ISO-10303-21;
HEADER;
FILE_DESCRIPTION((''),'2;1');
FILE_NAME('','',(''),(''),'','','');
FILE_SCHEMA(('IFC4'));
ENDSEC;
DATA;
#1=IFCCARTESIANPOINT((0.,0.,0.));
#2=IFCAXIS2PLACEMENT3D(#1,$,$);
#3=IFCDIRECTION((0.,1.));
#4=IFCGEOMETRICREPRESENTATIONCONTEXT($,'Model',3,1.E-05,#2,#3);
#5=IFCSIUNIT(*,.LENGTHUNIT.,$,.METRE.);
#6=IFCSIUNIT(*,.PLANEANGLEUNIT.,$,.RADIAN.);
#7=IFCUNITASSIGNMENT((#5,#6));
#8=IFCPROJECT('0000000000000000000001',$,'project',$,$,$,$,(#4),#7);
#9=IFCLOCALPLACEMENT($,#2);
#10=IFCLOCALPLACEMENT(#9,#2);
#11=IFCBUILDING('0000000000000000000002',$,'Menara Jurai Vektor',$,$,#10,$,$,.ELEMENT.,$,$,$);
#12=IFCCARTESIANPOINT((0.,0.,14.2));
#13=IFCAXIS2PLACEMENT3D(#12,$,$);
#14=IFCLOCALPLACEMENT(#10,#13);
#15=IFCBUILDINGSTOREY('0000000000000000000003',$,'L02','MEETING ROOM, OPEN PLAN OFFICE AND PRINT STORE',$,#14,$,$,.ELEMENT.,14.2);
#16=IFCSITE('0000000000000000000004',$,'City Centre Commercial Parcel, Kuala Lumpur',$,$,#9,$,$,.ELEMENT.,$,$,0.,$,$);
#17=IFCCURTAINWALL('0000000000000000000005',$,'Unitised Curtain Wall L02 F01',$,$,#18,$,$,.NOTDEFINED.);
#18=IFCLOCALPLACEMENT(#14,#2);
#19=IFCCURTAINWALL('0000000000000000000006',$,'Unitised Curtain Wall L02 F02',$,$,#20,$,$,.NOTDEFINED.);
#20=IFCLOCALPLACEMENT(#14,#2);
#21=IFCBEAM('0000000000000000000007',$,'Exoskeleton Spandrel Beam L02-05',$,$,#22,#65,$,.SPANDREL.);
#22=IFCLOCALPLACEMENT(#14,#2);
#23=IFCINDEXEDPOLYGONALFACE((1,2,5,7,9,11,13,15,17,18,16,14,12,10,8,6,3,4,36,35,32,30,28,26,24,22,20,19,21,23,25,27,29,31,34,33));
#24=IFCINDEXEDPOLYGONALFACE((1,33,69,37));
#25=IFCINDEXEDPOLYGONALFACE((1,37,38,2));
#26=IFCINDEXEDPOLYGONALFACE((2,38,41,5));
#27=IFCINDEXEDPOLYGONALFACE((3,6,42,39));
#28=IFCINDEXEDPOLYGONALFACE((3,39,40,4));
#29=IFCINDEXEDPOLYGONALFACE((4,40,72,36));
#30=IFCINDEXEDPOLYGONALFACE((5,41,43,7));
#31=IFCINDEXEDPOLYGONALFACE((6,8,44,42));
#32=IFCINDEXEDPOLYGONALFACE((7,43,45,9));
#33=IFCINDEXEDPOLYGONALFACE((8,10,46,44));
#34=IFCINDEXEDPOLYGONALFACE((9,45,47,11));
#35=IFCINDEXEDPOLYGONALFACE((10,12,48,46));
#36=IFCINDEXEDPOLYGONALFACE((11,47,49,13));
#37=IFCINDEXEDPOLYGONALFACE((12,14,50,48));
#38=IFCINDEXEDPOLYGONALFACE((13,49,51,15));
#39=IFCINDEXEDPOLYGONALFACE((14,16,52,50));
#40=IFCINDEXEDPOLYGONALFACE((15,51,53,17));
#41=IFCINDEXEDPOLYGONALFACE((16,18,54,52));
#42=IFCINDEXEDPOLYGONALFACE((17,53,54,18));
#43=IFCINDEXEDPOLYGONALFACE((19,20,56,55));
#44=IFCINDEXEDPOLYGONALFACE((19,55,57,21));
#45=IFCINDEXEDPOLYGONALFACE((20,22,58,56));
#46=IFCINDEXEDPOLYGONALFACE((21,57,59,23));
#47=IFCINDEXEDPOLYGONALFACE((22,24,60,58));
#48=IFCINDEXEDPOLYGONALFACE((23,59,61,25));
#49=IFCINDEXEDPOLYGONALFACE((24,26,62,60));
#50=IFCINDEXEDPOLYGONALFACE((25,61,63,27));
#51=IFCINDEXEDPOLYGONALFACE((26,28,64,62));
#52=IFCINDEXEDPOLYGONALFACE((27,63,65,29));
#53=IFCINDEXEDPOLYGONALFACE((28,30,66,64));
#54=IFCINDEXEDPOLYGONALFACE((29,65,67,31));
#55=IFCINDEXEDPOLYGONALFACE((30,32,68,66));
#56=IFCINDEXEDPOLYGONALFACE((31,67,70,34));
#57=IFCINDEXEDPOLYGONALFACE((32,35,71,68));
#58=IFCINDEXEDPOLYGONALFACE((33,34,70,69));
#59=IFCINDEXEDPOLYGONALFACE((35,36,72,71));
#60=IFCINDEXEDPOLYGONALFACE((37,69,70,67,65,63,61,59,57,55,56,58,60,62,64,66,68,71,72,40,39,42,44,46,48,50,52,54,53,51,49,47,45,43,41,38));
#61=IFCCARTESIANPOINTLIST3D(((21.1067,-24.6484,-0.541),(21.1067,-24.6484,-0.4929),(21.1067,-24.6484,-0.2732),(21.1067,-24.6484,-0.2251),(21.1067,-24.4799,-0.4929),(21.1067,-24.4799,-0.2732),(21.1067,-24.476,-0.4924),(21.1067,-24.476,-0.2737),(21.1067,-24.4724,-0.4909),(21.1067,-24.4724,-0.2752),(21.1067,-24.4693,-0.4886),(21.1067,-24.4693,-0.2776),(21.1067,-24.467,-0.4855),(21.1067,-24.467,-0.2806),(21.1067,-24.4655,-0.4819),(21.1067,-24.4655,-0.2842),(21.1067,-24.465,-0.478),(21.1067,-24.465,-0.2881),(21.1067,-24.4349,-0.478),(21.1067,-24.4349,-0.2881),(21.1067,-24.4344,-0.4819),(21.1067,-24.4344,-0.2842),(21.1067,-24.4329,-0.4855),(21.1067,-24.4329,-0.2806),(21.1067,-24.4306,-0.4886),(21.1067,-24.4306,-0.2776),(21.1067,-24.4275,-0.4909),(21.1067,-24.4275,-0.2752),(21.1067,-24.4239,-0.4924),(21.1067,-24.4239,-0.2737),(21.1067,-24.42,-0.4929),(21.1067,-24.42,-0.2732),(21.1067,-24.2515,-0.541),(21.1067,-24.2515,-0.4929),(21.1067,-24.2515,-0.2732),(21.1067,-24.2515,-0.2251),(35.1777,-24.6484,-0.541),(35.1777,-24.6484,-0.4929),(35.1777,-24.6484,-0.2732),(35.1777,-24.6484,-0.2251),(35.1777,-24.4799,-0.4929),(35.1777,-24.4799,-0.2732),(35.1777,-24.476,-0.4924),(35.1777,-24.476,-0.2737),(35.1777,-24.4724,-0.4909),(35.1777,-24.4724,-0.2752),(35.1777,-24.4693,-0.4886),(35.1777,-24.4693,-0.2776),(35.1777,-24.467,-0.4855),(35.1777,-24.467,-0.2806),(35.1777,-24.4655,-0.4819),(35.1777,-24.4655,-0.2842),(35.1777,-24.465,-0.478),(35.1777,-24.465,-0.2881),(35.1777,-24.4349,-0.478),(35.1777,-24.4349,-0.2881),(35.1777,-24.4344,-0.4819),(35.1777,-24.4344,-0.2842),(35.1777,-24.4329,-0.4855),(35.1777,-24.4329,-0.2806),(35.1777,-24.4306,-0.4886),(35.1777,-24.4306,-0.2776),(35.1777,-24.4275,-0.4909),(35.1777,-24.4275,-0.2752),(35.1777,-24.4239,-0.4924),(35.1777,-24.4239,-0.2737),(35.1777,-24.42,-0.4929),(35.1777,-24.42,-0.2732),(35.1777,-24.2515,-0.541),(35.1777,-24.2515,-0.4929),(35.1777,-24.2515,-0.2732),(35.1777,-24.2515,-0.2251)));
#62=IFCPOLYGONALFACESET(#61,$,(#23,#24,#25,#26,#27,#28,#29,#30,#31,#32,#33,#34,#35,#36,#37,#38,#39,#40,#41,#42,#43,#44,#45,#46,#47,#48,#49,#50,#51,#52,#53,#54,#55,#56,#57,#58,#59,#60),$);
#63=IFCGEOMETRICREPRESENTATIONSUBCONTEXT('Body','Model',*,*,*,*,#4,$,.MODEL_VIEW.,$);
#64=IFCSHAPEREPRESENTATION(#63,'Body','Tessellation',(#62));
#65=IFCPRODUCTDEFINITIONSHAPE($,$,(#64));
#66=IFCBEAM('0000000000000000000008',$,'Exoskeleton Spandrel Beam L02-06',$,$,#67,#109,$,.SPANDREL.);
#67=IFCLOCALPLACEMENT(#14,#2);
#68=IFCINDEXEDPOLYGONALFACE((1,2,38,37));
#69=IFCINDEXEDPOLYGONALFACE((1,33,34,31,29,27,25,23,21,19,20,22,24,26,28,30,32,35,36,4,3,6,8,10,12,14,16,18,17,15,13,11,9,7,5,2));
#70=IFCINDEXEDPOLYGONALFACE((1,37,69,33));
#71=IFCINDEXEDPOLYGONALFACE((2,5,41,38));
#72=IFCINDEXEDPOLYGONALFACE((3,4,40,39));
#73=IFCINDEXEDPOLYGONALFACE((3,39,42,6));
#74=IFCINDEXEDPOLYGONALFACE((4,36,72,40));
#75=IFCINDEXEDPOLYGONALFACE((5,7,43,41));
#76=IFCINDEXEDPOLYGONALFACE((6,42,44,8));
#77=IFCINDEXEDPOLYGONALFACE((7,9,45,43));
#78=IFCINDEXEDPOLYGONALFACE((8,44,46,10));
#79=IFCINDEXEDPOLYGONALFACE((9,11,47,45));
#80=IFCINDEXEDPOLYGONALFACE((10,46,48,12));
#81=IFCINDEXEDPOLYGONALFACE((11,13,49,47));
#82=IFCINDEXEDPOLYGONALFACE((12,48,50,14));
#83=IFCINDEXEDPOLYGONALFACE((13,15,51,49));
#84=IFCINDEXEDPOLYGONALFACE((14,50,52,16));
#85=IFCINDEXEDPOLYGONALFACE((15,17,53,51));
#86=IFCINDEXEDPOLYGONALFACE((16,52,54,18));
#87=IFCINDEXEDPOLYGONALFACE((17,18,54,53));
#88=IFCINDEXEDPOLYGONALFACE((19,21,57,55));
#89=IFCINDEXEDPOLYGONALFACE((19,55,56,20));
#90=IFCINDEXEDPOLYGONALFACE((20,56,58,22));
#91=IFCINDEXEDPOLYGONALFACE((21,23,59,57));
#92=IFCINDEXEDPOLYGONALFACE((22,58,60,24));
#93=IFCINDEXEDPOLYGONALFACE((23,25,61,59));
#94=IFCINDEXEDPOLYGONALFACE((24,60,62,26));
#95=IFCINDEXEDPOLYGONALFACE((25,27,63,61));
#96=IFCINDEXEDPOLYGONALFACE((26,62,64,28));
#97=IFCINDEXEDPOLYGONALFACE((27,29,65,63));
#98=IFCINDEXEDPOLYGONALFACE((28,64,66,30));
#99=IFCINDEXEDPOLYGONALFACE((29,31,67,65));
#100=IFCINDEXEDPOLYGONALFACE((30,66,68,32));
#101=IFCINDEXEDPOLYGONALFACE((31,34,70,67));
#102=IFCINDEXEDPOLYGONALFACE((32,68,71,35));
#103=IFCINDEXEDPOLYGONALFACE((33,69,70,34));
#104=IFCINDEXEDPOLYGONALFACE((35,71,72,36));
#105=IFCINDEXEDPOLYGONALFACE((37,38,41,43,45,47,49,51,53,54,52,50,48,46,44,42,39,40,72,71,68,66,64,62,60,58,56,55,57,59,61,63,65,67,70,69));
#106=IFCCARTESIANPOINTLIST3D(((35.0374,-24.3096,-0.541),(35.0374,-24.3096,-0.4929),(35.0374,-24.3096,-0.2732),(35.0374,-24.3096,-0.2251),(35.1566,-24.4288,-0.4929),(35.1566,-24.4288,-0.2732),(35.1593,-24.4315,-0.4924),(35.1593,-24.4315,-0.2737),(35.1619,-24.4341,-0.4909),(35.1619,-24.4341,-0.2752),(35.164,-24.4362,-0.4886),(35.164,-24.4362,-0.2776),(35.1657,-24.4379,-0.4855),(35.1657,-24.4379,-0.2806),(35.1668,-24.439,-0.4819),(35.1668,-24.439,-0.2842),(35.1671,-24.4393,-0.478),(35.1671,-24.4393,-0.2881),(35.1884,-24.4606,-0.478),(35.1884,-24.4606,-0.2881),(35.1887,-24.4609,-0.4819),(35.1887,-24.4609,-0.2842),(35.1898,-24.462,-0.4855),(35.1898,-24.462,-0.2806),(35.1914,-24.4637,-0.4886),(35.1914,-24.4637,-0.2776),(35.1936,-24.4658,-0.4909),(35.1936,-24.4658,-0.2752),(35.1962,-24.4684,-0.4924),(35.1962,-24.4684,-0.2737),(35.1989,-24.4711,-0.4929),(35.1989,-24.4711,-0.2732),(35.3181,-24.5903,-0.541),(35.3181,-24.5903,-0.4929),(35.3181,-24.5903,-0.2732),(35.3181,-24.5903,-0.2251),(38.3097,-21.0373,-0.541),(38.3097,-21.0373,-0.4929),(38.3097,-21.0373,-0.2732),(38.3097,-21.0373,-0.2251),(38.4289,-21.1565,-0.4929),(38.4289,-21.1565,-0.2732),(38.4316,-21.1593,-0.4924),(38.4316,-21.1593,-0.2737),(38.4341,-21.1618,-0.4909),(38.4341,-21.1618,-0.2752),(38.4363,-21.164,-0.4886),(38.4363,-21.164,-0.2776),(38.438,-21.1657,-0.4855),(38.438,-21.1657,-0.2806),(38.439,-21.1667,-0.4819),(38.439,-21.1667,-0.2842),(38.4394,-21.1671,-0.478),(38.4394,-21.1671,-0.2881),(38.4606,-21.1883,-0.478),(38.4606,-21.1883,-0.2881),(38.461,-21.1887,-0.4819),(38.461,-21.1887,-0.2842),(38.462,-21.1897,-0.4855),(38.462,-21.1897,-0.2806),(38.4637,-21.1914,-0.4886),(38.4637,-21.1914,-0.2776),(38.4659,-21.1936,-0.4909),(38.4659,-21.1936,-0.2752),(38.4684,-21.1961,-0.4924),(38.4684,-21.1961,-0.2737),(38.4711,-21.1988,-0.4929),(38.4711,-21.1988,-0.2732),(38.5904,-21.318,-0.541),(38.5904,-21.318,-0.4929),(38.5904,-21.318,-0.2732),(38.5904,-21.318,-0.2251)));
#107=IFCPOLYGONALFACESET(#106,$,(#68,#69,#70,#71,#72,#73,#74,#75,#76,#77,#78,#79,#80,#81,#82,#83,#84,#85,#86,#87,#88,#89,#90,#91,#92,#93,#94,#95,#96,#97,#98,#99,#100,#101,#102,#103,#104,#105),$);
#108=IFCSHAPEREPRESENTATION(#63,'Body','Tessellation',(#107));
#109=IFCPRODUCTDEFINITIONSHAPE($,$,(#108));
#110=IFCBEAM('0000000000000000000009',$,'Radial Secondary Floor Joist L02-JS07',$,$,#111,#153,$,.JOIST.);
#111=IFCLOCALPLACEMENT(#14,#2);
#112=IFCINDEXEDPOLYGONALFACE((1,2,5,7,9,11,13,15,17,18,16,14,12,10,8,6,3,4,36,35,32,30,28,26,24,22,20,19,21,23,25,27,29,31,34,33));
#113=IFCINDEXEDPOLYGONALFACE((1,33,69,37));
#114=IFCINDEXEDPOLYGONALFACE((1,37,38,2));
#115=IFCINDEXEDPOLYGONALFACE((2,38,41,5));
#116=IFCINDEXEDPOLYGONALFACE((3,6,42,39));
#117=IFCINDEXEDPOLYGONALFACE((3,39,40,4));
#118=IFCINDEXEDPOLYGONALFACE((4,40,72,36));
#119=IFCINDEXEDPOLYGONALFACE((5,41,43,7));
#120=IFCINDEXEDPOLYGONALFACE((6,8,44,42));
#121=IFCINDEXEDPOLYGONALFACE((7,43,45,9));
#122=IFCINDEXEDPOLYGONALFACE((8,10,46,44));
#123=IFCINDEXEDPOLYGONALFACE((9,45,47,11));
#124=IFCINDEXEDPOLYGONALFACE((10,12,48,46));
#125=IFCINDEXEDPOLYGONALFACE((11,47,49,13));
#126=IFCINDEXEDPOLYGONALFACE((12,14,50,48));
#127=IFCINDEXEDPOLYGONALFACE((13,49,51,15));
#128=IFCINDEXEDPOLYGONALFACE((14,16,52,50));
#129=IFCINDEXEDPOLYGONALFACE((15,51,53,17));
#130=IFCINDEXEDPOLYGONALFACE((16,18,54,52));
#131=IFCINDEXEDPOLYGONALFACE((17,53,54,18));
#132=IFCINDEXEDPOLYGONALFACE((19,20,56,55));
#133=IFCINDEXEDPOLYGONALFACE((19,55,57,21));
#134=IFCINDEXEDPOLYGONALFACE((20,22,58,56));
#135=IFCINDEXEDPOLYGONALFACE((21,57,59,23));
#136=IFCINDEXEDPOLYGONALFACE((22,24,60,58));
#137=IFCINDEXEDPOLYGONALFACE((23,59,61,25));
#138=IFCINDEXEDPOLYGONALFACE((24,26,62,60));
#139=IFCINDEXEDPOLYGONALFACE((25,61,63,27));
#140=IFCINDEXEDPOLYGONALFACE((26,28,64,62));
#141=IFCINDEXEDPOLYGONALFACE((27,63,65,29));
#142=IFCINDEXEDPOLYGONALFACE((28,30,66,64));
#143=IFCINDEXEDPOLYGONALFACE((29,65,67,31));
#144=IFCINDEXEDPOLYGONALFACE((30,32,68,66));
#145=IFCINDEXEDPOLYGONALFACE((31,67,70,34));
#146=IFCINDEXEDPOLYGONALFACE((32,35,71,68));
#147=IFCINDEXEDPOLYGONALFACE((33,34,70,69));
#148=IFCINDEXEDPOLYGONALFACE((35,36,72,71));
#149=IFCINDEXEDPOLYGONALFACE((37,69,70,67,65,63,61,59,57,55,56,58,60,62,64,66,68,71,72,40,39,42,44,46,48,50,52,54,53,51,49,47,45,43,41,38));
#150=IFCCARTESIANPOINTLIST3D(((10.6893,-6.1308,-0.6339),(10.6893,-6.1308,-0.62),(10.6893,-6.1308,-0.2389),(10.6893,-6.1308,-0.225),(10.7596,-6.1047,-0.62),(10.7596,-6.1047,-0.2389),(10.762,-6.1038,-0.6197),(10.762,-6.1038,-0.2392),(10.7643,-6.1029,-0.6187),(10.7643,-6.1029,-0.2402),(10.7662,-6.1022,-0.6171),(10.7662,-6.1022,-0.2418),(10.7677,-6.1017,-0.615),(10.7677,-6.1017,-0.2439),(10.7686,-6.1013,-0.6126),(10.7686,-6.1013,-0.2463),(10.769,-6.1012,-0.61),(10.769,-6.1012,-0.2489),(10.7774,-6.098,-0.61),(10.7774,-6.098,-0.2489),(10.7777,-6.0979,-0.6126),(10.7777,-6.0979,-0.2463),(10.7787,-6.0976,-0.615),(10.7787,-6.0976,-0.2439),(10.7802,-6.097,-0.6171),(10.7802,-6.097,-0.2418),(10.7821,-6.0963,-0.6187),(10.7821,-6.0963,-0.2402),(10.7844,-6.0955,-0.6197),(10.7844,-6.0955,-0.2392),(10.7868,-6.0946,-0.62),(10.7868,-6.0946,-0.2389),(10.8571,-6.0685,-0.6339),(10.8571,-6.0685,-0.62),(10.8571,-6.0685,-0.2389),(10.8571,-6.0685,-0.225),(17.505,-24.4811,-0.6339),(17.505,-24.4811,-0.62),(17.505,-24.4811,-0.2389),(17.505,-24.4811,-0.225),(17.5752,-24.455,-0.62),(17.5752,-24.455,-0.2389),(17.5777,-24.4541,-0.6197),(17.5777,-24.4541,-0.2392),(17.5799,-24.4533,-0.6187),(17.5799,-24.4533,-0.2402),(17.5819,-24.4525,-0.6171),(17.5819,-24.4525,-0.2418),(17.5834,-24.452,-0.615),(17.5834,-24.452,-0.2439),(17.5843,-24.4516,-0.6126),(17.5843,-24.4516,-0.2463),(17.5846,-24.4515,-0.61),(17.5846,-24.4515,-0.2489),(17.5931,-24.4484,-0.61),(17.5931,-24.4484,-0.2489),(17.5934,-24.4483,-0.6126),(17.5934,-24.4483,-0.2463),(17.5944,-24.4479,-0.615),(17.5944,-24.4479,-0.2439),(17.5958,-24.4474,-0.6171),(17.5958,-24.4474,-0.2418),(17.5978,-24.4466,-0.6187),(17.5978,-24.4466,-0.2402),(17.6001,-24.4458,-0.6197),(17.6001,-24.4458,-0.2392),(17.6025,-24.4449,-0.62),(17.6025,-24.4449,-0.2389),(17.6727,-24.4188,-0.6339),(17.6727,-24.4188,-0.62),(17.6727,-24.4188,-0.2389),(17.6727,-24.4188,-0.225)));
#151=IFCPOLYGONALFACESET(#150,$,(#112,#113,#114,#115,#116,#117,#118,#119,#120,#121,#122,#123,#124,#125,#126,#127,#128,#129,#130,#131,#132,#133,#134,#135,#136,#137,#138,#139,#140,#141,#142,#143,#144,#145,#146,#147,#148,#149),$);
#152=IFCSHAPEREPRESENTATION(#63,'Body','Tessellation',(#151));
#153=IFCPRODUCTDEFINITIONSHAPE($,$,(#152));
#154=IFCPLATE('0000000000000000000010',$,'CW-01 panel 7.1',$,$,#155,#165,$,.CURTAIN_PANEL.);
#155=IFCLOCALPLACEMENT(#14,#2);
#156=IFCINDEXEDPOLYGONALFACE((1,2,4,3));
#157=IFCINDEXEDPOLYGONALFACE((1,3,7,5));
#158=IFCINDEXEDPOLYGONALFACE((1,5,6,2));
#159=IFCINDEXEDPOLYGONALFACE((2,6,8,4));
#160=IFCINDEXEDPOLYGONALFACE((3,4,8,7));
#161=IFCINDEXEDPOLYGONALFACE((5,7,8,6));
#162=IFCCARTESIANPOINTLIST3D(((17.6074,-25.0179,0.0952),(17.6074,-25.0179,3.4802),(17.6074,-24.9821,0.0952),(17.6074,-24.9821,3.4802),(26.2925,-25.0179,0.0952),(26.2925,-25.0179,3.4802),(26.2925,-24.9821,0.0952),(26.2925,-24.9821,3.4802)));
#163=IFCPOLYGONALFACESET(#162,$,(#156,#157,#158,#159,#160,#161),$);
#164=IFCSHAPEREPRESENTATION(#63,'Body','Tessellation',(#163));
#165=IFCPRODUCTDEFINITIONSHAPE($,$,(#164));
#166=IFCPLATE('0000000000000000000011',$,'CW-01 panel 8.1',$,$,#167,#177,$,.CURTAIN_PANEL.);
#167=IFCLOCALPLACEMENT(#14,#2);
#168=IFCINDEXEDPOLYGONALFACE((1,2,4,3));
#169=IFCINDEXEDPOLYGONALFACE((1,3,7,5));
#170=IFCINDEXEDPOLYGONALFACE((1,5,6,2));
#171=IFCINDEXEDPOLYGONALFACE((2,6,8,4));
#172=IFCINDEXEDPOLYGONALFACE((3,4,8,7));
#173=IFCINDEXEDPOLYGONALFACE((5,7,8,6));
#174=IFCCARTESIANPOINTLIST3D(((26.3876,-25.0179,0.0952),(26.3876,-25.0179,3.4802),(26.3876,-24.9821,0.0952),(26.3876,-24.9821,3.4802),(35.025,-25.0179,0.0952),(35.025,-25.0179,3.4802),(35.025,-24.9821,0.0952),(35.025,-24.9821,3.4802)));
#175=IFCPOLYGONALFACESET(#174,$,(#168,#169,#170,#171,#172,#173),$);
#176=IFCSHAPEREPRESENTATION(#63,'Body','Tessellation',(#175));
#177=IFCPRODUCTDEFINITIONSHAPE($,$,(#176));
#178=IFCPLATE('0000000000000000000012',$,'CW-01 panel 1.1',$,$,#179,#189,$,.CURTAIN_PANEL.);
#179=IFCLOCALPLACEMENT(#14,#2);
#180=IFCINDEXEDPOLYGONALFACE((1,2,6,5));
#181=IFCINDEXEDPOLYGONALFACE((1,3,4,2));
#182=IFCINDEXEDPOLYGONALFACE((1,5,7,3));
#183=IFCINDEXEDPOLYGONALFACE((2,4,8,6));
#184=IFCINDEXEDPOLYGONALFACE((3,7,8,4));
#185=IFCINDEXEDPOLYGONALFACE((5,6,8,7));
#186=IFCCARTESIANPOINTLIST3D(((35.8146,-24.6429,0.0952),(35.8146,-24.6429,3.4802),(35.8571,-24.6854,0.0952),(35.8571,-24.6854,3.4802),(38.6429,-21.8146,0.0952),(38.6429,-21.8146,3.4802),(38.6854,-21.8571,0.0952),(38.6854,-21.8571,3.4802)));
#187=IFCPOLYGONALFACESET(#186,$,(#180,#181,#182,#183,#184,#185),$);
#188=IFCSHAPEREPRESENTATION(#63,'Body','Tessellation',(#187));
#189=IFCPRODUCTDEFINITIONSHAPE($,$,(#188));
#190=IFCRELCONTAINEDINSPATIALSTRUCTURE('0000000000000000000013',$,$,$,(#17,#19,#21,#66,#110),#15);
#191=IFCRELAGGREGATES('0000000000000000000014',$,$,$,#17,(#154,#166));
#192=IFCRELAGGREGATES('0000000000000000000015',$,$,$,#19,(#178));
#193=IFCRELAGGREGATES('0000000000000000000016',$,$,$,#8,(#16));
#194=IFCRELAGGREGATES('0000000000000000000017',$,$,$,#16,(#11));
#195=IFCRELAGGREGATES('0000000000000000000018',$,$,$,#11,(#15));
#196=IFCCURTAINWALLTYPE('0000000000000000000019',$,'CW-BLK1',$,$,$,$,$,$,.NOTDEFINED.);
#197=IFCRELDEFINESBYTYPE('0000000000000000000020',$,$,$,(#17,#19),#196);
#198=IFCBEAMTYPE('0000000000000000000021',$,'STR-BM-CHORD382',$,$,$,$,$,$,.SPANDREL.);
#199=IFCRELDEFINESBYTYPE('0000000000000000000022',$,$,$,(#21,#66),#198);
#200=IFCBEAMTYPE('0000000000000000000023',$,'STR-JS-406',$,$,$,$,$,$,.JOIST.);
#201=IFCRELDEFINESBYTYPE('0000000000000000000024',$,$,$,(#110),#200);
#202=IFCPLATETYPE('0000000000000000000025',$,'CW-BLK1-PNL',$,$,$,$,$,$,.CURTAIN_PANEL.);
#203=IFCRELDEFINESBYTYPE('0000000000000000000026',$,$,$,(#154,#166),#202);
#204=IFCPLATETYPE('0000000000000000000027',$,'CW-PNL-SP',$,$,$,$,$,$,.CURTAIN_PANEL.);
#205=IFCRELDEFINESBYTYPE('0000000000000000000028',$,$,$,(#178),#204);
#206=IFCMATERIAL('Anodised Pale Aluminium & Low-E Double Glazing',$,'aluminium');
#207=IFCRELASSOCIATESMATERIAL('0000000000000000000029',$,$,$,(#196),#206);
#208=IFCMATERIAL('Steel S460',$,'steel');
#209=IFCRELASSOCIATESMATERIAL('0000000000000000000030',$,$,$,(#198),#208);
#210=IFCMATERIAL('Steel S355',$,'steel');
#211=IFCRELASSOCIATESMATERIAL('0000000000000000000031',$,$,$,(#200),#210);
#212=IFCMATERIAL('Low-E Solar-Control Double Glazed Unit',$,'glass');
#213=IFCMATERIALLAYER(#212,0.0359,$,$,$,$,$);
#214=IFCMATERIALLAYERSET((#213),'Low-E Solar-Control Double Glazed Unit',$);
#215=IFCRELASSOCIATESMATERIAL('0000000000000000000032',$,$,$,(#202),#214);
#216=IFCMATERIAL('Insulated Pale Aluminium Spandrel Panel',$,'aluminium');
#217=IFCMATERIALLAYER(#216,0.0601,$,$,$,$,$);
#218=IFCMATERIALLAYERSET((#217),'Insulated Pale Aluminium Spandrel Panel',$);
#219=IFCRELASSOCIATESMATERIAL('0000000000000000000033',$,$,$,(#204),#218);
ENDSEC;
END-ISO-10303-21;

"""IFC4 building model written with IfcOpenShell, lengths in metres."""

from ifc_helpers import new_model, si_unit, direction, frame, origin, origin_2d, place, context, subcontext, project, spatial, rectangle, i_section, extrude, material, layer, layer_set, material_profile, profile_set, type_object, element, aggregate, save


model = new_model("IFC4")

# Units and contexts
model_context = context("Model", 3, precision=1e-05, world=origin(), true_north=direction((0.0, 1.0)))
body_context = subcontext(model_context, "Body", "Model", "MODEL_VIEW")
ifc_project = project(units=[si_unit("LENGTHUNIT", "METRE"), si_unit("PLANEANGLEUNIT", "RADIAN")], contexts=[model_context])

# Site, building, storey
site_placement = place(None, origin())
site = spatial("IfcSite", under=ifc_project, at=site_placement, Name="City Centre Commercial Parcel, Kuala Lumpur", CompositionType="ELEMENT", RefElevation=0.0)
building_placement = place(site_placement, origin())
building = spatial("IfcBuilding", under=site, at=building_placement, Name="Menara Jurai Vektor", CompositionType="ELEMENT")
storey_placement = place(building_placement, frame((0.0, 0.0, 14.2)))
storey = spatial("IfcBuildingStorey", under=building, at=storey_placement, Name="L02", Description="MEETING ROOM, OPEN PLAN OFFICE AND PRINT STORE", CompositionType="ELEMENT", Elevation=14.2)

# Shared definitions
ifc_material_1 = material(Name="Steel S460", Category="steel")

# Curtain walls
ifc_material_2 = material(Name="Anodised Pale Aluminium & Low-E Double Glazing", Category="aluminium")
curtain_wall_type = type_object("IfcCurtainWallType", Name="CW-BLK1", PredefinedType="NOTDEFINED", material=ifc_material_2)
curtain_wall_1_placement = place(storey_placement, origin())
curtain_wall_1 = element("IfcCurtainWall", 1, at=curtain_wall_1_placement, inside=storey, type_object=curtain_wall_type, Name="Unitised Curtain Wall L02 F01", PredefinedType="NOTDEFINED")
curtain_wall_2_placement = place(storey_placement, origin())
curtain_wall_2 = element("IfcCurtainWall", 2, at=curtain_wall_2_placement, inside=storey, type_object=curtain_wall_type, Name="Unitised Curtain Wall L02 F02", PredefinedType="NOTDEFINED")

# Beams
ifc_material_3 = material(Name="Steel S355", Category="steel")
ifc_material_profile_1 = material_profile(ifc_material_1, i_section(OverallWidth=0.397, OverallDepth=0.3159, WebThickness=0.03, FlangeThickness=0.0481, FilletRadius=0.0149, at=origin_2d()), Name="HD 400x382")
ifc_profile_set_1 = profile_set([ifc_material_profile_1], Name="Steel S460")
beam_type_1 = type_object("IfcBeamType", Name="STR-BM-CHORD382", PredefinedType="SPANDREL", material=ifc_profile_set_1)
beam_1_placement = place(storey_placement, frame((21.1067, -24.45, -0.3831), z_axis=(1.0, 0.0, 0.0), x_axis=(0.0, 1.0, 0.0)))
element("IfcBeam", 3, at=beam_1_placement, inside=storey, type_object=beam_type_1, Name="Exoskeleton Spandrel Beam L02-05", PredefinedType="SPANDREL", context=body_context, shape_type="SweptSolid", body=[
    extrude(i_section(OverallWidth=0.397, OverallDepth=0.3159, WebThickness=0.03, FlangeThickness=0.0481, FilletRadius=0.0149, at=origin_2d()), origin(), (0.0, 0.0, 1.0), 14.071),
])
beam_2_placement = place(storey_placement, frame((35.1777, -24.45, -0.3831), z_axis=(0.707107, 0.707107, 0.0), x_axis=(-0.707107, 0.707107, 0.0)))
element("IfcBeam", 4, at=beam_2_placement, inside=storey, type_object=beam_type_1, Name="Exoskeleton Spandrel Beam L02-06", PredefinedType="SPANDREL", context=body_context, shape_type="SweptSolid", body=[
    extrude(i_section(OverallWidth=0.397, OverallDepth=0.3159, WebThickness=0.03, FlangeThickness=0.0481, FilletRadius=0.0149, at=origin_2d()), origin(), (0.0, 0.0, 1.0), 4.6277),
])
ifc_material_profile_2 = material_profile(ifc_material_3, i_section(OverallWidth=0.179, OverallDepth=0.4089, WebThickness=0.009, FlangeThickness=0.0139, FilletRadius=0.01, at=origin_2d()), Name="UKB 406x178x67")
ifc_profile_set_2 = profile_set([ifc_material_profile_2], Name="Steel S355")
beam_type_2 = type_object("IfcBeamType", Name="STR-JS-406", PredefinedType="JOIST", material=ifc_profile_set_2)
beam_3_placement = place(storey_placement, frame((17.5889, -24.45, -0.4294), z_axis=(-0.348179, 0.937428, 0.0), x_axis=(-0.937428, -0.348179, 0.0)))
element("IfcBeam", 5, at=beam_3_placement, inside=storey, type_object=beam_type_2, Name="Radial Secondary Floor Joist L02-JS07", PredefinedType="JOIST", context=body_context, shape_type="SweptSolid", body=[
    extrude(i_section(OverallWidth=0.179, OverallDepth=0.4089, WebThickness=0.009, FlangeThickness=0.0139, FilletRadius=0.01, at=origin_2d()), origin(), (0.0, 0.0, 1.0), 19.5752),
])

# Plates
ifc_material_4 = material(Name="Low-E Solar-Control Double Glazed Unit", Category="glass")
ifc_layer_1 = layer(ifc_material_4, 0.0359)
ifc_layer_set_1 = layer_set([ifc_layer_1], Name="Low-E Solar-Control Double Glazed Unit")
plate_type_1 = type_object("IfcPlateType", Name="CW-BLK1-PNL", PredefinedType="CURTAIN_PANEL", material=ifc_layer_set_1)
plate_1_placement = place(storey_placement, frame((21.95, -25.0, 0.0952), z_axis=(0.0, 0.0, 1.0), x_axis=(1.0, 0.0, 0.0)))
plate_1 = element("IfcPlate", 6, at=plate_1_placement, type_object=plate_type_1, Name="CW-01 panel 7.1", PredefinedType="CURTAIN_PANEL", context=body_context, shape_type="SweptSolid", body=[
    extrude(rectangle(XDim=8.6851, YDim=0.0359, at=origin_2d()), origin(), (0.0, 0.0, 1.0), 3.385),
])
plate_2_placement = place(storey_placement, frame((30.7063, -25.0, 0.0952), z_axis=(0.0, 0.0, 1.0), x_axis=(1.0, 0.0, 0.0)))
plate_2 = element("IfcPlate", 7, at=plate_2_placement, type_object=plate_type_1, Name="CW-01 panel 8.1", PredefinedType="CURTAIN_PANEL", context=body_context, shape_type="SweptSolid", body=[
    extrude(rectangle(XDim=8.6375, YDim=0.0359, at=origin_2d()), origin(), (0.0, 0.0, 1.0), 3.385),
])
aggregate(curtain_wall_1, [plate_1, plate_2])
ifc_material_5 = material(Name="Insulated Pale Aluminium Spandrel Panel", Category="aluminium")
ifc_layer_2 = layer(ifc_material_5, 0.0601)
ifc_layer_set_2 = layer_set([ifc_layer_2], Name="Insulated Pale Aluminium Spandrel Panel")
plate_type_2 = type_object("IfcPlateType", Name="CW-PNL-SP", PredefinedType="CURTAIN_PANEL", material=ifc_layer_set_2)
plate_3_placement = place(storey_placement, frame((37.25, -23.25, 0.0952), z_axis=(0.0, 0.0, 1.0), x_axis=(0.707107, 0.707107, 0.0)))
plate_3 = element("IfcPlate", 8, at=plate_3_placement, type_object=plate_type_2, Name="CW-01 panel 1.1", PredefinedType="CURTAIN_PANEL", context=body_context, shape_type="SweptSolid", body=[
    extrude(rectangle(XDim=3.9998, YDim=0.0601, at=origin_2d()), origin(), (0.0, 0.0, 1.0), 3.385),
])
aggregate(curtain_wall_2, [plate_3])

save(model, "model.ifc")
